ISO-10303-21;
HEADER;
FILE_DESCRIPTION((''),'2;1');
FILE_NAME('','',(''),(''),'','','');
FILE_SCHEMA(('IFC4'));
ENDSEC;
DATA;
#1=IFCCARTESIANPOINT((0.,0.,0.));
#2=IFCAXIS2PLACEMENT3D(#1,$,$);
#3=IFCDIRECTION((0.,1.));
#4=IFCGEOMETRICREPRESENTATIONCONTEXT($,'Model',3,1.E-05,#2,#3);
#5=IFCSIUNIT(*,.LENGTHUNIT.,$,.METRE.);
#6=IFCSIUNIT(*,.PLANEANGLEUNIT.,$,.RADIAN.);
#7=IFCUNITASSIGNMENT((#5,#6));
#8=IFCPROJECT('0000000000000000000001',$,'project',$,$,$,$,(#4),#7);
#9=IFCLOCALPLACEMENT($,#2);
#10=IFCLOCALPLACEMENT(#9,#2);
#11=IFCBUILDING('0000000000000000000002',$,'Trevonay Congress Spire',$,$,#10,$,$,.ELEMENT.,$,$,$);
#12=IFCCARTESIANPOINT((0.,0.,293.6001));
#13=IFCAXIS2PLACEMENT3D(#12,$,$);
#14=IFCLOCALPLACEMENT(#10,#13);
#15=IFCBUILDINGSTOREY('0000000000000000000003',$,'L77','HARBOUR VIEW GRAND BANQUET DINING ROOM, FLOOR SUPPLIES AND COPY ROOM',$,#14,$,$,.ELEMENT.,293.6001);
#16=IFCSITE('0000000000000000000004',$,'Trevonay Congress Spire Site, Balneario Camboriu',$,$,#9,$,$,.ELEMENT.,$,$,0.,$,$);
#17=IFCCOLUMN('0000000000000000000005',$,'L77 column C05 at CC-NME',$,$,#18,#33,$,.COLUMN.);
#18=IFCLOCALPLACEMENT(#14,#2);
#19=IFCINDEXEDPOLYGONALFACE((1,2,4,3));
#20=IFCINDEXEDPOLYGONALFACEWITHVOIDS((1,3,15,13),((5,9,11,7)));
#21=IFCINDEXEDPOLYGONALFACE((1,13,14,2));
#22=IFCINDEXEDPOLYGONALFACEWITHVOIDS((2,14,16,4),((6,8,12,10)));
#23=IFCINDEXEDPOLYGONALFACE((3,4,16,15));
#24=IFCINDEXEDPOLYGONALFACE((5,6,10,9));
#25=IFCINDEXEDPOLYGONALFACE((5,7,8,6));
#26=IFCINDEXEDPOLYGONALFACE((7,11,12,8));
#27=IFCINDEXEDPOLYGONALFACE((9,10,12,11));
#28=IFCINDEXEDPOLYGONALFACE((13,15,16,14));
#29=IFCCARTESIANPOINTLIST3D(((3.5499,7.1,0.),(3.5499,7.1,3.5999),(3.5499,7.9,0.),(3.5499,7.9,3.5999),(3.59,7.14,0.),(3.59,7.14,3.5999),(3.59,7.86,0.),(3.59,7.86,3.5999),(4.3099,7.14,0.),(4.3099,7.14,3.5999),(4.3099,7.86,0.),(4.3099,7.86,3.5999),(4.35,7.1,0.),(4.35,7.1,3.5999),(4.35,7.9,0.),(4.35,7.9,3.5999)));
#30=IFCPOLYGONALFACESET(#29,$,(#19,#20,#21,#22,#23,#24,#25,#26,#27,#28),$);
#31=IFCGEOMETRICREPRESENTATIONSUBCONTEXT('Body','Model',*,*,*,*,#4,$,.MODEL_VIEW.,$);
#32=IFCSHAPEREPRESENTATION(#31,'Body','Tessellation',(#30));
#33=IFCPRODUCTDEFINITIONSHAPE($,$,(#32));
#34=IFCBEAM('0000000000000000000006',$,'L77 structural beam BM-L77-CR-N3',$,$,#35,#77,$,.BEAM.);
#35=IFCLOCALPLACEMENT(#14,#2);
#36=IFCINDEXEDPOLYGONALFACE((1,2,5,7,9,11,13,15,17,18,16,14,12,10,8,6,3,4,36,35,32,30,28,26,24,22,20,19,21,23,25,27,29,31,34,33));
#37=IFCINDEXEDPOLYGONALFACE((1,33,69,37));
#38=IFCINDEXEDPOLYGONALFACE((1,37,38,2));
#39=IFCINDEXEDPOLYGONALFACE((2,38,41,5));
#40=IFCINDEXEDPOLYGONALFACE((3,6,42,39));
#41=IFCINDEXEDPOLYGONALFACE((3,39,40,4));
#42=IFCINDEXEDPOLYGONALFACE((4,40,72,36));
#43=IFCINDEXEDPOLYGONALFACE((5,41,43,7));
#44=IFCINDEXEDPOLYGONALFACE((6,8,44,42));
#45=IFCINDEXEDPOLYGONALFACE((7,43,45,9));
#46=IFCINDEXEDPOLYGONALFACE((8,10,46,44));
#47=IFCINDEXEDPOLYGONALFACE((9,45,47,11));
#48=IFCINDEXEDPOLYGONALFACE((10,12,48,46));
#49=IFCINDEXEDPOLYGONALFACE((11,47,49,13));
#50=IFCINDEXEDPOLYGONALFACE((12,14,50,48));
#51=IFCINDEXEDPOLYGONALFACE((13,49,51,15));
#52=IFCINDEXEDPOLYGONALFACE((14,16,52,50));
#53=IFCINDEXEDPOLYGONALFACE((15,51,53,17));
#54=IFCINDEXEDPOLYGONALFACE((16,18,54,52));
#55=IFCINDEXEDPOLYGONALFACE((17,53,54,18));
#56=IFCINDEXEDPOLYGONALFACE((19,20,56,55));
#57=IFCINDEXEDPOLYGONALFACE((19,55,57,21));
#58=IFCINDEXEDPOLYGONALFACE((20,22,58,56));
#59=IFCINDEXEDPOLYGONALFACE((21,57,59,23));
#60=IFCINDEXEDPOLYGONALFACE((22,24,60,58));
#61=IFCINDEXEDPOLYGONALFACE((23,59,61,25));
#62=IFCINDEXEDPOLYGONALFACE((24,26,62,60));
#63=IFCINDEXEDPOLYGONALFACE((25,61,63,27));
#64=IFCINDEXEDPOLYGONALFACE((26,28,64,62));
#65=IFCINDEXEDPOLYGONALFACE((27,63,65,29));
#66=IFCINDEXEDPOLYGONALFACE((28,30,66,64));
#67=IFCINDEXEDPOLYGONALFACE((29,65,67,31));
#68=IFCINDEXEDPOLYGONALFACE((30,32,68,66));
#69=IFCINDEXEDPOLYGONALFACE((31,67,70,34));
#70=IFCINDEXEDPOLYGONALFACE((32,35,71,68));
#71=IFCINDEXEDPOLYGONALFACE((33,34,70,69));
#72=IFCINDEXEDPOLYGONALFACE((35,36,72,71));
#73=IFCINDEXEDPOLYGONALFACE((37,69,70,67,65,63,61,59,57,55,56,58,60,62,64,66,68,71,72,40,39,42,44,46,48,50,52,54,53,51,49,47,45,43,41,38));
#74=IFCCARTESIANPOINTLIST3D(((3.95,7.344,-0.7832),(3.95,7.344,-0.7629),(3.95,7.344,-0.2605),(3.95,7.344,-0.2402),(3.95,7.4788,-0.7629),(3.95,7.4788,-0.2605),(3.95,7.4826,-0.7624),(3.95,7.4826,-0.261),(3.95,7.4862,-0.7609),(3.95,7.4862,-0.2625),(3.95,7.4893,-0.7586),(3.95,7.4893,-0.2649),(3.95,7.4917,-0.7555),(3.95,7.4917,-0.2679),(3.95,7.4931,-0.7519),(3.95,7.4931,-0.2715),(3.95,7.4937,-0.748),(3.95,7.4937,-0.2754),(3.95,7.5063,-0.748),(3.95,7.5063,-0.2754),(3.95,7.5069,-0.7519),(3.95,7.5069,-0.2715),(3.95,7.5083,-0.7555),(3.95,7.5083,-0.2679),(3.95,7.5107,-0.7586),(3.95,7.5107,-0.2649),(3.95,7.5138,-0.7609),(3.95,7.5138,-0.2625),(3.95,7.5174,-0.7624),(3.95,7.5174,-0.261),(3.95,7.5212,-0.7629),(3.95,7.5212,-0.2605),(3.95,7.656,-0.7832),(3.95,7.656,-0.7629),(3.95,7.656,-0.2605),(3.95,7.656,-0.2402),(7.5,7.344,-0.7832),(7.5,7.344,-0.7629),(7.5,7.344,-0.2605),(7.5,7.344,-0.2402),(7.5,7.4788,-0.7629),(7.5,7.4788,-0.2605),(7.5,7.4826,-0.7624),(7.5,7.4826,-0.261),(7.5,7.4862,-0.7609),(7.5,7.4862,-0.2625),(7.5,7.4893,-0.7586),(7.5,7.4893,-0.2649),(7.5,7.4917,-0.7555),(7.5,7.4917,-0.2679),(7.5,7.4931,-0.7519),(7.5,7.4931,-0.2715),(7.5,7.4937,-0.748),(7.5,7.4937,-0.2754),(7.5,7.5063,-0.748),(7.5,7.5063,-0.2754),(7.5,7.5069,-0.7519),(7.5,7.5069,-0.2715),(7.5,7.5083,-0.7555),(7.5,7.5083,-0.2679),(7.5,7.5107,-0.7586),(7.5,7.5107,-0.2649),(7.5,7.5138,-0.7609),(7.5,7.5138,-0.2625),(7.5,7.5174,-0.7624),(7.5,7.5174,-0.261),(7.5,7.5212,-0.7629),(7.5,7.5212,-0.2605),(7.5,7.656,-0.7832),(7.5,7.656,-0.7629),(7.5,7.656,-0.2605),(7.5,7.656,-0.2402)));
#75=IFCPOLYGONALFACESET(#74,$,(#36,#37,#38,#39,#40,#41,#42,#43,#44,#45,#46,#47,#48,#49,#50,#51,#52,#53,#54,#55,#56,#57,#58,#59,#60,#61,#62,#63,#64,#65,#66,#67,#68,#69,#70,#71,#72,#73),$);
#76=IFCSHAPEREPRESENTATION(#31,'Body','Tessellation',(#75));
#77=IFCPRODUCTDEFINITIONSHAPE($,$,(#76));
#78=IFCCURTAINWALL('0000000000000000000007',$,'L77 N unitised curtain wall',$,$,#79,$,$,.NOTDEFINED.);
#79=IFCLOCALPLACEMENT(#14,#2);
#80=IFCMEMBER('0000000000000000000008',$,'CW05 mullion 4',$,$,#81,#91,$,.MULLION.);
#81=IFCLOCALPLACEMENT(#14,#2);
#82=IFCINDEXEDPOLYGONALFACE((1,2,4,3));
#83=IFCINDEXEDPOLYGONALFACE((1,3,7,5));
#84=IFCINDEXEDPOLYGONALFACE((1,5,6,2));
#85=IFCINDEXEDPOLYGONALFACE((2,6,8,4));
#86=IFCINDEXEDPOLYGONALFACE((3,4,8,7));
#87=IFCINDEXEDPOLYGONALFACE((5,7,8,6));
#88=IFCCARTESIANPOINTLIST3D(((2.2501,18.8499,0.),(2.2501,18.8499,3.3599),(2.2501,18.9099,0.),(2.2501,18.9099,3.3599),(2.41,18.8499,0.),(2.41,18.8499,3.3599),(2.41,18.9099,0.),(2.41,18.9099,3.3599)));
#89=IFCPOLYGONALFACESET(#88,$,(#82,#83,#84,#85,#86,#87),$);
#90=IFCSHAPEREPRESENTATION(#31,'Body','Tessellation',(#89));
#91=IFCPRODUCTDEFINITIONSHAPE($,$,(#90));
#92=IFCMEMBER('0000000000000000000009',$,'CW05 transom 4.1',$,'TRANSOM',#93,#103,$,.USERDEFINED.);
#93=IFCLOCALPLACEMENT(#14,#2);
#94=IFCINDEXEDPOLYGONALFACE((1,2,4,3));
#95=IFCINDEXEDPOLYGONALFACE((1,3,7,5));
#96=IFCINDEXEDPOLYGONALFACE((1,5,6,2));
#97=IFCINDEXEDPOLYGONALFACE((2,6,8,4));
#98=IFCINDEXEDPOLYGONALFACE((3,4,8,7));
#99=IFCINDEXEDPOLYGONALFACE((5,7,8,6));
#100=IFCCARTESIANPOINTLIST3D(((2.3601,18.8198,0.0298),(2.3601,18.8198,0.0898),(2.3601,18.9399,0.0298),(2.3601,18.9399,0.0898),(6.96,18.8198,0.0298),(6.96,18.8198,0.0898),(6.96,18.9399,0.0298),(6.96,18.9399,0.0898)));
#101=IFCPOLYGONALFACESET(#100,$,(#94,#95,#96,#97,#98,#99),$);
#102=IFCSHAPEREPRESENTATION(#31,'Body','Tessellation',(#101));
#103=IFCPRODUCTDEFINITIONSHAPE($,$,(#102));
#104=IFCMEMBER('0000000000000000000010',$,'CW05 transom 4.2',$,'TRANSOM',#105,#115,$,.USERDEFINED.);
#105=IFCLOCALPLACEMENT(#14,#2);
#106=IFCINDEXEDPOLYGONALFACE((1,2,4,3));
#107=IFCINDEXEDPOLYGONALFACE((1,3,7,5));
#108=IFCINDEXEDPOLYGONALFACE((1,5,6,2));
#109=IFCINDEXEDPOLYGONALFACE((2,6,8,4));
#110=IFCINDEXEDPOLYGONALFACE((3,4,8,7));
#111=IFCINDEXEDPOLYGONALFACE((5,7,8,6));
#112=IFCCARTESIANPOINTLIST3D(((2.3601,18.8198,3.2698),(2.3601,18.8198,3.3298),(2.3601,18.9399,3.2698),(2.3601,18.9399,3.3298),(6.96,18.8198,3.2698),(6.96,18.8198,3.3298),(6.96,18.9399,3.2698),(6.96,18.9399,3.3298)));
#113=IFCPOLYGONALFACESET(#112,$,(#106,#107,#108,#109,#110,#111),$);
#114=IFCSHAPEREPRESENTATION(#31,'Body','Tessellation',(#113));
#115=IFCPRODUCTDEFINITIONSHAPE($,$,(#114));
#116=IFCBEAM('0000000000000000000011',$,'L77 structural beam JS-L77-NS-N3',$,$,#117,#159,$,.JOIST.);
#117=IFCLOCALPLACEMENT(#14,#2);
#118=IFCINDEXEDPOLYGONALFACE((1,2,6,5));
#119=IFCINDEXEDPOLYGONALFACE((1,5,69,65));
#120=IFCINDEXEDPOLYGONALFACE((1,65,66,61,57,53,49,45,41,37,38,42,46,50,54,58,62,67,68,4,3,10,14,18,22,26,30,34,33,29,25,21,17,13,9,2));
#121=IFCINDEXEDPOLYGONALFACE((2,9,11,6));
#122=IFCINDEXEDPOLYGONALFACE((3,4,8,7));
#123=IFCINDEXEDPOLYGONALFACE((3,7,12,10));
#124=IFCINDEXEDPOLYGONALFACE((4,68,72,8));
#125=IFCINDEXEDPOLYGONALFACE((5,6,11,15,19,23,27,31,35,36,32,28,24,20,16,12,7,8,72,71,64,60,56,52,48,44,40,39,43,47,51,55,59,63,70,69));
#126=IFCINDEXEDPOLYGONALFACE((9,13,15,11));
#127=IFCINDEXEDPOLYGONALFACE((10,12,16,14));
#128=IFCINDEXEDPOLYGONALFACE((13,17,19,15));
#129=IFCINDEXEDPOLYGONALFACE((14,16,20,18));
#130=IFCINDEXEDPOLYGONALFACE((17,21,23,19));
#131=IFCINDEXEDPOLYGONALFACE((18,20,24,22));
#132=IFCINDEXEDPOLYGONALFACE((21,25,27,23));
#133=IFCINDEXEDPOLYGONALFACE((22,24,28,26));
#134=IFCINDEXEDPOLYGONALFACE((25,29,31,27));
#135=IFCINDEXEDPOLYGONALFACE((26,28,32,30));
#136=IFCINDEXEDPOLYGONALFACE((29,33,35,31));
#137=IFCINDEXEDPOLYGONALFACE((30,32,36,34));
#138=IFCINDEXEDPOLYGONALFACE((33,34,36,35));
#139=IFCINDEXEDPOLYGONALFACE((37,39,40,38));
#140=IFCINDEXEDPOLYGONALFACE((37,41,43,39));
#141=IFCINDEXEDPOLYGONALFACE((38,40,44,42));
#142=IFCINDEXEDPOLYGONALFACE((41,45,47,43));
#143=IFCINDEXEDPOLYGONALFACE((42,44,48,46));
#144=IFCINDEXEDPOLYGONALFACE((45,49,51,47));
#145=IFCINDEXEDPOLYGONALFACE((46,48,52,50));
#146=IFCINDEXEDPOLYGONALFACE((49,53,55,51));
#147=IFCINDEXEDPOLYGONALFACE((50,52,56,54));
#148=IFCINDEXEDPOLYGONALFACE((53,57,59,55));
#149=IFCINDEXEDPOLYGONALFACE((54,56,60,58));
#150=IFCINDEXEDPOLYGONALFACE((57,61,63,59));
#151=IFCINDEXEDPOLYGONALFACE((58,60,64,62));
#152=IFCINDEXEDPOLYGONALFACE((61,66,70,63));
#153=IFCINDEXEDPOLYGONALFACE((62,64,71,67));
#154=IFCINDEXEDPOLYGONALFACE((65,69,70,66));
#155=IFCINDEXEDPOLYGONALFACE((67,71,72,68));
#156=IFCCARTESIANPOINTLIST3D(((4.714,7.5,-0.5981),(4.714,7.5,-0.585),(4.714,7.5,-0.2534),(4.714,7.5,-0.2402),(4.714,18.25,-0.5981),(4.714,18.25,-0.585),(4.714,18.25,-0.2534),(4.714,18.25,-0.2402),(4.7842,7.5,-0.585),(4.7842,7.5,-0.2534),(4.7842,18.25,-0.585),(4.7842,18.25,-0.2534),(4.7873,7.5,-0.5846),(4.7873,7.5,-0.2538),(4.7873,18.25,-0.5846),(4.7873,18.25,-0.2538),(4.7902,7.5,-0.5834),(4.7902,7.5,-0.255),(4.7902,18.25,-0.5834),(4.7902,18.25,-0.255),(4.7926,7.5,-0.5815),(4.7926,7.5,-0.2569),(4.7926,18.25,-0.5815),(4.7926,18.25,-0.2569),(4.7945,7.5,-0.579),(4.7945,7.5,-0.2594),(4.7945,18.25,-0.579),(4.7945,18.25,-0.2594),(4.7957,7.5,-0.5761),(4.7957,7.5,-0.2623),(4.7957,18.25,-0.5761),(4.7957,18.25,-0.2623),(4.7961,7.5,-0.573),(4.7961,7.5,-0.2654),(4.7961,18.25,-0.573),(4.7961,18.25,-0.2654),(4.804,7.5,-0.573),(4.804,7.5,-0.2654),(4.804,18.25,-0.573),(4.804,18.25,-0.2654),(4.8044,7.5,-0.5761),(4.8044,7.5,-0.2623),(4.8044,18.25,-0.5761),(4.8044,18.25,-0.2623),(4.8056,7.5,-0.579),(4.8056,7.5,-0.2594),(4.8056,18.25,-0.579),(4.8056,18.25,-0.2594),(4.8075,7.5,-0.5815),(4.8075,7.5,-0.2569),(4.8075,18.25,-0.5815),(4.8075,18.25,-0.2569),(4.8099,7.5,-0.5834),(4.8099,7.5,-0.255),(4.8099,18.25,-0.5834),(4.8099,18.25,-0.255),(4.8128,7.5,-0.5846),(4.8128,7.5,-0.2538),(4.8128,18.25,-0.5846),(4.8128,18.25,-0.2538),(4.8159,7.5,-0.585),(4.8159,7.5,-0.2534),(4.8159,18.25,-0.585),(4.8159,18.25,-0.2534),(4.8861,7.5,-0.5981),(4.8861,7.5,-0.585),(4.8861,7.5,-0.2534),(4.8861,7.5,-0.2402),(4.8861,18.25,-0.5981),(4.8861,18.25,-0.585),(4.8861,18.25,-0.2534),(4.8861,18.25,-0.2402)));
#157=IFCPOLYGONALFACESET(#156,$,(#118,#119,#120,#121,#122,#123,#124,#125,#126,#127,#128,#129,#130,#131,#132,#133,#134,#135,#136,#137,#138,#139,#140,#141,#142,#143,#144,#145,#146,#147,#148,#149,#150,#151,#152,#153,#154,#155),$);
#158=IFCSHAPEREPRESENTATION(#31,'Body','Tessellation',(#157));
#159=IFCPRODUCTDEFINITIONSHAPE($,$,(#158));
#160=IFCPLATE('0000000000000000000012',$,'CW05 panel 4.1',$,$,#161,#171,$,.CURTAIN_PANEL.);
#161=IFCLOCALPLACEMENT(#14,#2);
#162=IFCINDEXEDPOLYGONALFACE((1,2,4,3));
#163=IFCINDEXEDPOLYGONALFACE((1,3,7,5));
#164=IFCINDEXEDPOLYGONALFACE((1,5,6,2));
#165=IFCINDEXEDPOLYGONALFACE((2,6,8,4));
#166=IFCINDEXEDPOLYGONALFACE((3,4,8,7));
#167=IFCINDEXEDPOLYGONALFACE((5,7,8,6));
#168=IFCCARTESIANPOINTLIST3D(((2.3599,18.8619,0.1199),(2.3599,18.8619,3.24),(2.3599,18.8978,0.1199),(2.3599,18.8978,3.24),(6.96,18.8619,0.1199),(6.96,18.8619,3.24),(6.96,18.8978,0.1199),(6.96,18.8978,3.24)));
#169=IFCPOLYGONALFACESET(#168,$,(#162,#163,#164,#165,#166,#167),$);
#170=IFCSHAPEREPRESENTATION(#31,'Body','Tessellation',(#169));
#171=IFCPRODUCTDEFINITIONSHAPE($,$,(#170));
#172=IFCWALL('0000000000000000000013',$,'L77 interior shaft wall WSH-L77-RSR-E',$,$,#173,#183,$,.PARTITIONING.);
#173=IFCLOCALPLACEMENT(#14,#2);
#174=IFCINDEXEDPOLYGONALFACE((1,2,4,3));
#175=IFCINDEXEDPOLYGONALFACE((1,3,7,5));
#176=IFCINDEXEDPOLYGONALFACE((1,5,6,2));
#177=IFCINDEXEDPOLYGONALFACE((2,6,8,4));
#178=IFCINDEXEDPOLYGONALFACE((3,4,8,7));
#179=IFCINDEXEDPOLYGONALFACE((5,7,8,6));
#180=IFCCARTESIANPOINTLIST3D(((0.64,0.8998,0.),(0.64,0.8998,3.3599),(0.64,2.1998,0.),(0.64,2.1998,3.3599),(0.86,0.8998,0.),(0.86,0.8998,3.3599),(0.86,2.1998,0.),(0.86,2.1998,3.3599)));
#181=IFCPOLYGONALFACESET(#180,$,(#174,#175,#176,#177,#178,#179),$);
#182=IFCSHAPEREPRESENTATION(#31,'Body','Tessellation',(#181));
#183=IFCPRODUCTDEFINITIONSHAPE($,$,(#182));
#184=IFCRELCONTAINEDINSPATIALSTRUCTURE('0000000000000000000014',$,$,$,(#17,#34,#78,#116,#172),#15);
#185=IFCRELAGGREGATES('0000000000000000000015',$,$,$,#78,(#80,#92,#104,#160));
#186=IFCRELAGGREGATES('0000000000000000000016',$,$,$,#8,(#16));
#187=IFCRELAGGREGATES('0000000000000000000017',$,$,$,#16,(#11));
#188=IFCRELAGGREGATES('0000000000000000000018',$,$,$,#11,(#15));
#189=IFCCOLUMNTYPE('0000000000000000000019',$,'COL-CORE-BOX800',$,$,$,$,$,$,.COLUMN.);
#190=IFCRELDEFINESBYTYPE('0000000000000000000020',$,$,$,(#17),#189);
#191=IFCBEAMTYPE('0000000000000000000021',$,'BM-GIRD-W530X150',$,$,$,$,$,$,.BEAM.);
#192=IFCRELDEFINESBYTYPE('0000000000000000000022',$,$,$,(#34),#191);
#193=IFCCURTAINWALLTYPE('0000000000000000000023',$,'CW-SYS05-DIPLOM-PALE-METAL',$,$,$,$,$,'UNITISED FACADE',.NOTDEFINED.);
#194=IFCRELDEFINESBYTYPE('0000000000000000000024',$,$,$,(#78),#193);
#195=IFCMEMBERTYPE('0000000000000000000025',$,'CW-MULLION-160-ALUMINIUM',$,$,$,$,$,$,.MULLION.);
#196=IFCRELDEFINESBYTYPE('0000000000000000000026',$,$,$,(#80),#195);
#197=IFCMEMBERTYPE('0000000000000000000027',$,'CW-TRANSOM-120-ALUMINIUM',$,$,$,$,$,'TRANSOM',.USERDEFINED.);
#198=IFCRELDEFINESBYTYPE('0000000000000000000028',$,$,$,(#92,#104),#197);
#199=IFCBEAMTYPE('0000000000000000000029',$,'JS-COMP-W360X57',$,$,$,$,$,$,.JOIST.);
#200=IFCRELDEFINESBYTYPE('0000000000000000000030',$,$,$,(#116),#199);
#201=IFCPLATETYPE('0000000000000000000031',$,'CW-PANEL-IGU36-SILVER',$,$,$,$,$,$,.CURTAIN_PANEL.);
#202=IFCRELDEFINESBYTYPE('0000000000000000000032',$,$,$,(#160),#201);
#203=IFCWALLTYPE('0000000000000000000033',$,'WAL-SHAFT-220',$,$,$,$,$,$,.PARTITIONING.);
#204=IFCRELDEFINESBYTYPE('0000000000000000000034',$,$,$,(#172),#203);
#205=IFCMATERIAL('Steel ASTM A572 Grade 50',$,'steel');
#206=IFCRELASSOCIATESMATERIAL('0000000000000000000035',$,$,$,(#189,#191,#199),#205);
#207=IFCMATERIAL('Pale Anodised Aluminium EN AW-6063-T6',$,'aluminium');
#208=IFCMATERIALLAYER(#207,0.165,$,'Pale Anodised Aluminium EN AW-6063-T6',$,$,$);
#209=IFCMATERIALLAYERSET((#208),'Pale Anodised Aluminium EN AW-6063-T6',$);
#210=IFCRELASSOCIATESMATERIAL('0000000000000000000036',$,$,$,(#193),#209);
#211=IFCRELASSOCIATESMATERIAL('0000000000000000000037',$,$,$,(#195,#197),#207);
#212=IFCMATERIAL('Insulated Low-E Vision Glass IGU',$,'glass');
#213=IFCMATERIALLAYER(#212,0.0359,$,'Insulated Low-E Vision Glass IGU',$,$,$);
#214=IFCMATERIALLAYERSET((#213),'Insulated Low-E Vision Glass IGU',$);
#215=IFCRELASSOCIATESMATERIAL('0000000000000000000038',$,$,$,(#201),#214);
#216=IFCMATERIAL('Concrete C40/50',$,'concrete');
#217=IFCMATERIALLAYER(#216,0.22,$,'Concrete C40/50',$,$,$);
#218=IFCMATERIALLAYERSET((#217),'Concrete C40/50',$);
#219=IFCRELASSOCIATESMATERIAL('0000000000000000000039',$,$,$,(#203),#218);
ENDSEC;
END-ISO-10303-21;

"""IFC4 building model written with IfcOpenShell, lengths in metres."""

from ifc_helpers import new_model, si_unit, direction, frame, frame_2d, origin, origin_2d, place, context, subcontext, project, spatial, rectangle, hollow_rectangle, i_section, extrude, material, layer, layer_set, material_profile, profile_set, type_object, element, aggregate, save


model = new_model("IFC4")

# Units and contexts
model_context = context("Model", 3, precision=1e-05, world=origin(), true_north=direction((0.0, 1.0)))
body_context = subcontext(model_context, "Body", "Model", "MODEL_VIEW")
ifc_project = project(units=[si_unit("LENGTHUNIT", "METRE"), si_unit("PLANEANGLEUNIT", "RADIAN")], contexts=[model_context])

# Site, building, storey
site_placement = place(None, origin())
site = spatial("IfcSite", under=ifc_project, at=site_placement, Name="Trevonay Congress Spire Site, Balneario Camboriu", CompositionType="ELEMENT", RefElevation=0.0)
building_placement = place(site_placement, origin())
building = spatial("IfcBuilding", under=site, at=building_placement, Name="Trevonay Congress Spire", CompositionType="ELEMENT")
storey_placement = place(building_placement, frame((0.0, 0.0, 293.6001)))
storey = spatial("IfcBuildingStorey", under=building, at=storey_placement, Name="L77", Description="HARBOUR VIEW GRAND BANQUET DINING ROOM, FLOOR SUPPLIES AND COPY ROOM", CompositionType="ELEMENT", Elevation=293.6001)

# Column
ifc_material_1 = material(Name="Steel ASTM A572 Grade 50", Category="steel")
ifc_material_profile_1 = material_profile(ifc_material_1, hollow_rectangle(XDim=0.8, YDim=0.8, WallThickness=0.04, at=origin_2d()), Name="BOX 800x800x40")
ifc_profile_set_1 = profile_set([ifc_material_profile_1], Name="Steel ASTM A572 Grade 50")
column_type = type_object("IfcColumnType", Name="COL-CORE-BOX800", PredefinedType="COLUMN", material=ifc_profile_set_1)
column_placement = place(storey_placement, frame((3.95, 7.5, 0.0), z_axis=(0.0, 0.0, 1.0), x_axis=(1.0, 0.0, 0.0)))
element("IfcColumn", 1, at=column_placement, inside=storey, type_object=column_type, Name="L77 column C05 at CC-NME", PredefinedType="COLUMN", context=body_context, shape_type="SweptSolid", body=[
    extrude(hollow_rectangle(XDim=0.8, YDim=0.8, WallThickness=0.04, at=origin_2d()), origin(), (0.0, 0.0, 1.0), 3.5999),
])

# Beam
ifc_material_profile_2 = material_profile(ifc_material_1, i_section(OverallWidth=0.312, OverallDepth=0.543, WebThickness=0.0127, FlangeThickness=0.0203, FilletRadius=0.0149, at=origin_2d()), Name="W530x150")
ifc_profile_set_2 = profile_set([ifc_material_profile_2], Name="Steel ASTM A572 Grade 50")
beam_type_1 = type_object("IfcBeamType", Name="BM-GIRD-W530X150", PredefinedType="BEAM", material=ifc_profile_set_2)
beam_1_placement = place(storey_placement, frame((3.95, 7.5, -0.5117), z_axis=(1.0, 0.0, 0.0), x_axis=(0.0, 1.0, 0.0)))
element("IfcBeam", 2, at=beam_1_placement, inside=storey, type_object=beam_type_1, Name="L77 structural beam BM-L77-CR-N3", PredefinedType="BEAM", context=body_context, shape_type="SweptSolid", body=[
    extrude(i_section(OverallWidth=0.312, OverallDepth=0.543, WebThickness=0.0127, FlangeThickness=0.0203, FilletRadius=0.0149, at=origin_2d()), origin(), (0.0, 0.0, 1.0), 3.55),
])

# Curtain wall, members
ifc_material_2 = material(Name="Pale Anodised Aluminium EN AW-6063-T6", Category="aluminium")
ifc_layer_1 = layer(ifc_material_2, 0.165, Name="Pale Anodised Aluminium EN AW-6063-T6")
ifc_layer_set_1 = layer_set([ifc_layer_1], Name="Pale Anodised Aluminium EN AW-6063-T6")
curtain_wall_type = type_object("IfcCurtainWallType", Name="CW-SYS05-DIPLOM-PALE-METAL", ElementType="UNITISED FACADE", PredefinedType="NOTDEFINED", material=ifc_layer_set_1)
curtain_wall_placement = place(storey_placement, origin())
curtain_wall = element("IfcCurtainWall", 3, at=curtain_wall_placement, inside=storey, type_object=curtain_wall_type, Name="L77 N unitised curtain wall", PredefinedType="NOTDEFINED")
ifc_material_profile_3 = material_profile(ifc_material_2, rectangle(XDim=0.0601, YDim=0.1599, at=origin_2d()), Name="CW-MULLION-160-ALUMINIUM")
ifc_profile_set_3 = profile_set([ifc_material_profile_3], Name="Pale Anodised Aluminium EN AW-6063-T6")
member_type_1 = type_object("IfcMemberType", Name="CW-MULLION-160-ALUMINIUM", PredefinedType="MULLION", material=ifc_profile_set_3)
member_1_placement = place(storey_placement, frame((2.3301, 18.8799, 0.0), z_axis=(0.0, 0.0, 1.0), x_axis=(0.0, 1.0, 0.0)))
member_1 = element("IfcMember", 4, at=member_1_placement, type_object=member_type_1, Name="CW05 mullion 4", PredefinedType="MULLION", context=body_context, shape_type="SweptSolid", body=[
    extrude(rectangle(XDim=0.0601, YDim=0.1599, at=origin_2d()), origin(), (0.0, 0.0, 1.0), 3.3599),
])
ifc_material_profile_4 = material_profile(ifc_material_2, rectangle(XDim=0.1201, YDim=0.0601, at=origin_2d()), Name="CW-TRANSOM-120-ALUMINIUM")
ifc_profile_set_4 = profile_set([ifc_material_profile_4], Name="Pale Anodised Aluminium EN AW-6063-T6")
member_type_2 = type_object("IfcMemberType", Name="CW-TRANSOM-120-ALUMINIUM", ElementType="TRANSOM", PredefinedType="USERDEFINED", material=ifc_profile_set_4)
member_2_placement = place(storey_placement, frame((2.3601, 18.8799, 0.0598), z_axis=(1.0, 0.0, 0.0), x_axis=(0.0, 1.0, 0.0)))
member_2 = element("IfcMember", 5, at=member_2_placement, type_object=member_type_2, Name="CW05 transom 4.1", ObjectType="TRANSOM", PredefinedType="USERDEFINED", context=body_context, shape_type="SweptSolid", body=[
    extrude(rectangle(XDim=0.1201, YDim=0.0601, at=origin_2d()), origin(), (0.0, 0.0, 1.0), 4.5999),
])
member_3_placement = place(storey_placement, frame((2.3601, 18.8799, 3.2998), z_axis=(1.0, 0.0, 0.0), x_axis=(0.0, 1.0, 0.0)))
member_3 = element("IfcMember", 6, at=member_3_placement, type_object=member_type_2, Name="CW05 transom 4.2", ObjectType="TRANSOM", PredefinedType="USERDEFINED", context=body_context, shape_type="SweptSolid", body=[
    extrude(rectangle(XDim=0.1201, YDim=0.0601, at=origin_2d()), origin(), (0.0, 0.0, 1.0), 4.5999),
])

# Beam
ifc_material_profile_5 = material_profile(ifc_material_1, i_section(OverallWidth=0.1721, OverallDepth=0.3579, WebThickness=0.0078, FlangeThickness=0.0132, FilletRadius=0.012, at=origin_2d()), Name="W360x57.8")
ifc_profile_set_5 = profile_set([ifc_material_profile_5], Name="Steel ASTM A572 Grade 50")
beam_type_2 = type_object("IfcBeamType", Name="JS-COMP-W360X57", PredefinedType="JOIST", material=ifc_profile_set_5)
beam_2_placement = place(storey_placement, frame((4.8, 7.5, -0.4192), z_axis=(0.0, 1.0, 0.0), x_axis=(-1.0, 0.0, 0.0)))
element("IfcBeam", 7, at=beam_2_placement, inside=storey, type_object=beam_type_2, Name="L77 structural beam JS-L77-NS-N3", PredefinedType="JOIST", context=body_context, shape_type="SweptSolid", body=[
    extrude(i_section(OverallWidth=0.1721, OverallDepth=0.3579, WebThickness=0.0078, FlangeThickness=0.0132, FilletRadius=0.012, at=origin_2d()), origin(), (0.0, 0.0, 1.0), 10.75),
])

# Plate
ifc_material_3 = material(Name="Insulated Low-E Vision Glass IGU", Category="glass")
ifc_layer_2 = layer(ifc_material_3, 0.0359, Name="Insulated Low-E Vision Glass IGU")
ifc_layer_set_2 = layer_set([ifc_layer_2], Name="Insulated Low-E Vision Glass IGU")
plate_type = type_object("IfcPlateType", Name="CW-PANEL-IGU36-SILVER", PredefinedType="CURTAIN_PANEL", material=ifc_layer_set_2)
plate_placement = place(storey_placement, frame((4.6599, 18.8799, 0.1199), z_axis=(0.0, 0.0, 1.0), x_axis=(1.0, 0.0, 0.0)))
plate = element("IfcPlate", 8, at=plate_placement, type_object=plate_type, Name="CW05 panel 4.1", PredefinedType="CURTAIN_PANEL", context=body_context, shape_type="SweptSolid", body=[
    extrude(rectangle(XDim=4.6001, YDim=0.0359, at=origin_2d()), origin(), (0.0, 0.0, 1.0), 3.1201),
])
aggregate(curtain_wall, [member_1, member_2, member_3, plate])

# Wall
ifc_material_4 = material(Name="Concrete C40/50", Category="concrete")
ifc_layer_3 = layer(ifc_material_4, 0.22, Name="Concrete C40/50")
ifc_layer_set_3 = layer_set([ifc_layer_3], Name="Concrete C40/50")
wall_type_1 = type_object("IfcWallType", Name="WAL-SHAFT-220", PredefinedType="PARTITIONING", material=ifc_layer_set_3)
wall_1_placement = place(storey_placement, frame((0.75, 0.8999, 0.0), z_axis=(0.0, 0.0, 1.0), x_axis=(0.0, 1.0, 0.0)))
element("IfcWall", 9, at=wall_1_placement, inside=storey, type_object=wall_type_1, Name="L77 interior shaft wall WSH-L77-RSR-E", PredefinedType="PARTITIONING", context=body_context, shape_type="SweptSolid", body=[
    extrude(rectangle(XDim=1.3, YDim=0.22, at=frame_2d((0.6499, 0.0))), origin(), (0.0, 0.0, 1.0), 3.3599),
])

save(model, "model.ifc")
